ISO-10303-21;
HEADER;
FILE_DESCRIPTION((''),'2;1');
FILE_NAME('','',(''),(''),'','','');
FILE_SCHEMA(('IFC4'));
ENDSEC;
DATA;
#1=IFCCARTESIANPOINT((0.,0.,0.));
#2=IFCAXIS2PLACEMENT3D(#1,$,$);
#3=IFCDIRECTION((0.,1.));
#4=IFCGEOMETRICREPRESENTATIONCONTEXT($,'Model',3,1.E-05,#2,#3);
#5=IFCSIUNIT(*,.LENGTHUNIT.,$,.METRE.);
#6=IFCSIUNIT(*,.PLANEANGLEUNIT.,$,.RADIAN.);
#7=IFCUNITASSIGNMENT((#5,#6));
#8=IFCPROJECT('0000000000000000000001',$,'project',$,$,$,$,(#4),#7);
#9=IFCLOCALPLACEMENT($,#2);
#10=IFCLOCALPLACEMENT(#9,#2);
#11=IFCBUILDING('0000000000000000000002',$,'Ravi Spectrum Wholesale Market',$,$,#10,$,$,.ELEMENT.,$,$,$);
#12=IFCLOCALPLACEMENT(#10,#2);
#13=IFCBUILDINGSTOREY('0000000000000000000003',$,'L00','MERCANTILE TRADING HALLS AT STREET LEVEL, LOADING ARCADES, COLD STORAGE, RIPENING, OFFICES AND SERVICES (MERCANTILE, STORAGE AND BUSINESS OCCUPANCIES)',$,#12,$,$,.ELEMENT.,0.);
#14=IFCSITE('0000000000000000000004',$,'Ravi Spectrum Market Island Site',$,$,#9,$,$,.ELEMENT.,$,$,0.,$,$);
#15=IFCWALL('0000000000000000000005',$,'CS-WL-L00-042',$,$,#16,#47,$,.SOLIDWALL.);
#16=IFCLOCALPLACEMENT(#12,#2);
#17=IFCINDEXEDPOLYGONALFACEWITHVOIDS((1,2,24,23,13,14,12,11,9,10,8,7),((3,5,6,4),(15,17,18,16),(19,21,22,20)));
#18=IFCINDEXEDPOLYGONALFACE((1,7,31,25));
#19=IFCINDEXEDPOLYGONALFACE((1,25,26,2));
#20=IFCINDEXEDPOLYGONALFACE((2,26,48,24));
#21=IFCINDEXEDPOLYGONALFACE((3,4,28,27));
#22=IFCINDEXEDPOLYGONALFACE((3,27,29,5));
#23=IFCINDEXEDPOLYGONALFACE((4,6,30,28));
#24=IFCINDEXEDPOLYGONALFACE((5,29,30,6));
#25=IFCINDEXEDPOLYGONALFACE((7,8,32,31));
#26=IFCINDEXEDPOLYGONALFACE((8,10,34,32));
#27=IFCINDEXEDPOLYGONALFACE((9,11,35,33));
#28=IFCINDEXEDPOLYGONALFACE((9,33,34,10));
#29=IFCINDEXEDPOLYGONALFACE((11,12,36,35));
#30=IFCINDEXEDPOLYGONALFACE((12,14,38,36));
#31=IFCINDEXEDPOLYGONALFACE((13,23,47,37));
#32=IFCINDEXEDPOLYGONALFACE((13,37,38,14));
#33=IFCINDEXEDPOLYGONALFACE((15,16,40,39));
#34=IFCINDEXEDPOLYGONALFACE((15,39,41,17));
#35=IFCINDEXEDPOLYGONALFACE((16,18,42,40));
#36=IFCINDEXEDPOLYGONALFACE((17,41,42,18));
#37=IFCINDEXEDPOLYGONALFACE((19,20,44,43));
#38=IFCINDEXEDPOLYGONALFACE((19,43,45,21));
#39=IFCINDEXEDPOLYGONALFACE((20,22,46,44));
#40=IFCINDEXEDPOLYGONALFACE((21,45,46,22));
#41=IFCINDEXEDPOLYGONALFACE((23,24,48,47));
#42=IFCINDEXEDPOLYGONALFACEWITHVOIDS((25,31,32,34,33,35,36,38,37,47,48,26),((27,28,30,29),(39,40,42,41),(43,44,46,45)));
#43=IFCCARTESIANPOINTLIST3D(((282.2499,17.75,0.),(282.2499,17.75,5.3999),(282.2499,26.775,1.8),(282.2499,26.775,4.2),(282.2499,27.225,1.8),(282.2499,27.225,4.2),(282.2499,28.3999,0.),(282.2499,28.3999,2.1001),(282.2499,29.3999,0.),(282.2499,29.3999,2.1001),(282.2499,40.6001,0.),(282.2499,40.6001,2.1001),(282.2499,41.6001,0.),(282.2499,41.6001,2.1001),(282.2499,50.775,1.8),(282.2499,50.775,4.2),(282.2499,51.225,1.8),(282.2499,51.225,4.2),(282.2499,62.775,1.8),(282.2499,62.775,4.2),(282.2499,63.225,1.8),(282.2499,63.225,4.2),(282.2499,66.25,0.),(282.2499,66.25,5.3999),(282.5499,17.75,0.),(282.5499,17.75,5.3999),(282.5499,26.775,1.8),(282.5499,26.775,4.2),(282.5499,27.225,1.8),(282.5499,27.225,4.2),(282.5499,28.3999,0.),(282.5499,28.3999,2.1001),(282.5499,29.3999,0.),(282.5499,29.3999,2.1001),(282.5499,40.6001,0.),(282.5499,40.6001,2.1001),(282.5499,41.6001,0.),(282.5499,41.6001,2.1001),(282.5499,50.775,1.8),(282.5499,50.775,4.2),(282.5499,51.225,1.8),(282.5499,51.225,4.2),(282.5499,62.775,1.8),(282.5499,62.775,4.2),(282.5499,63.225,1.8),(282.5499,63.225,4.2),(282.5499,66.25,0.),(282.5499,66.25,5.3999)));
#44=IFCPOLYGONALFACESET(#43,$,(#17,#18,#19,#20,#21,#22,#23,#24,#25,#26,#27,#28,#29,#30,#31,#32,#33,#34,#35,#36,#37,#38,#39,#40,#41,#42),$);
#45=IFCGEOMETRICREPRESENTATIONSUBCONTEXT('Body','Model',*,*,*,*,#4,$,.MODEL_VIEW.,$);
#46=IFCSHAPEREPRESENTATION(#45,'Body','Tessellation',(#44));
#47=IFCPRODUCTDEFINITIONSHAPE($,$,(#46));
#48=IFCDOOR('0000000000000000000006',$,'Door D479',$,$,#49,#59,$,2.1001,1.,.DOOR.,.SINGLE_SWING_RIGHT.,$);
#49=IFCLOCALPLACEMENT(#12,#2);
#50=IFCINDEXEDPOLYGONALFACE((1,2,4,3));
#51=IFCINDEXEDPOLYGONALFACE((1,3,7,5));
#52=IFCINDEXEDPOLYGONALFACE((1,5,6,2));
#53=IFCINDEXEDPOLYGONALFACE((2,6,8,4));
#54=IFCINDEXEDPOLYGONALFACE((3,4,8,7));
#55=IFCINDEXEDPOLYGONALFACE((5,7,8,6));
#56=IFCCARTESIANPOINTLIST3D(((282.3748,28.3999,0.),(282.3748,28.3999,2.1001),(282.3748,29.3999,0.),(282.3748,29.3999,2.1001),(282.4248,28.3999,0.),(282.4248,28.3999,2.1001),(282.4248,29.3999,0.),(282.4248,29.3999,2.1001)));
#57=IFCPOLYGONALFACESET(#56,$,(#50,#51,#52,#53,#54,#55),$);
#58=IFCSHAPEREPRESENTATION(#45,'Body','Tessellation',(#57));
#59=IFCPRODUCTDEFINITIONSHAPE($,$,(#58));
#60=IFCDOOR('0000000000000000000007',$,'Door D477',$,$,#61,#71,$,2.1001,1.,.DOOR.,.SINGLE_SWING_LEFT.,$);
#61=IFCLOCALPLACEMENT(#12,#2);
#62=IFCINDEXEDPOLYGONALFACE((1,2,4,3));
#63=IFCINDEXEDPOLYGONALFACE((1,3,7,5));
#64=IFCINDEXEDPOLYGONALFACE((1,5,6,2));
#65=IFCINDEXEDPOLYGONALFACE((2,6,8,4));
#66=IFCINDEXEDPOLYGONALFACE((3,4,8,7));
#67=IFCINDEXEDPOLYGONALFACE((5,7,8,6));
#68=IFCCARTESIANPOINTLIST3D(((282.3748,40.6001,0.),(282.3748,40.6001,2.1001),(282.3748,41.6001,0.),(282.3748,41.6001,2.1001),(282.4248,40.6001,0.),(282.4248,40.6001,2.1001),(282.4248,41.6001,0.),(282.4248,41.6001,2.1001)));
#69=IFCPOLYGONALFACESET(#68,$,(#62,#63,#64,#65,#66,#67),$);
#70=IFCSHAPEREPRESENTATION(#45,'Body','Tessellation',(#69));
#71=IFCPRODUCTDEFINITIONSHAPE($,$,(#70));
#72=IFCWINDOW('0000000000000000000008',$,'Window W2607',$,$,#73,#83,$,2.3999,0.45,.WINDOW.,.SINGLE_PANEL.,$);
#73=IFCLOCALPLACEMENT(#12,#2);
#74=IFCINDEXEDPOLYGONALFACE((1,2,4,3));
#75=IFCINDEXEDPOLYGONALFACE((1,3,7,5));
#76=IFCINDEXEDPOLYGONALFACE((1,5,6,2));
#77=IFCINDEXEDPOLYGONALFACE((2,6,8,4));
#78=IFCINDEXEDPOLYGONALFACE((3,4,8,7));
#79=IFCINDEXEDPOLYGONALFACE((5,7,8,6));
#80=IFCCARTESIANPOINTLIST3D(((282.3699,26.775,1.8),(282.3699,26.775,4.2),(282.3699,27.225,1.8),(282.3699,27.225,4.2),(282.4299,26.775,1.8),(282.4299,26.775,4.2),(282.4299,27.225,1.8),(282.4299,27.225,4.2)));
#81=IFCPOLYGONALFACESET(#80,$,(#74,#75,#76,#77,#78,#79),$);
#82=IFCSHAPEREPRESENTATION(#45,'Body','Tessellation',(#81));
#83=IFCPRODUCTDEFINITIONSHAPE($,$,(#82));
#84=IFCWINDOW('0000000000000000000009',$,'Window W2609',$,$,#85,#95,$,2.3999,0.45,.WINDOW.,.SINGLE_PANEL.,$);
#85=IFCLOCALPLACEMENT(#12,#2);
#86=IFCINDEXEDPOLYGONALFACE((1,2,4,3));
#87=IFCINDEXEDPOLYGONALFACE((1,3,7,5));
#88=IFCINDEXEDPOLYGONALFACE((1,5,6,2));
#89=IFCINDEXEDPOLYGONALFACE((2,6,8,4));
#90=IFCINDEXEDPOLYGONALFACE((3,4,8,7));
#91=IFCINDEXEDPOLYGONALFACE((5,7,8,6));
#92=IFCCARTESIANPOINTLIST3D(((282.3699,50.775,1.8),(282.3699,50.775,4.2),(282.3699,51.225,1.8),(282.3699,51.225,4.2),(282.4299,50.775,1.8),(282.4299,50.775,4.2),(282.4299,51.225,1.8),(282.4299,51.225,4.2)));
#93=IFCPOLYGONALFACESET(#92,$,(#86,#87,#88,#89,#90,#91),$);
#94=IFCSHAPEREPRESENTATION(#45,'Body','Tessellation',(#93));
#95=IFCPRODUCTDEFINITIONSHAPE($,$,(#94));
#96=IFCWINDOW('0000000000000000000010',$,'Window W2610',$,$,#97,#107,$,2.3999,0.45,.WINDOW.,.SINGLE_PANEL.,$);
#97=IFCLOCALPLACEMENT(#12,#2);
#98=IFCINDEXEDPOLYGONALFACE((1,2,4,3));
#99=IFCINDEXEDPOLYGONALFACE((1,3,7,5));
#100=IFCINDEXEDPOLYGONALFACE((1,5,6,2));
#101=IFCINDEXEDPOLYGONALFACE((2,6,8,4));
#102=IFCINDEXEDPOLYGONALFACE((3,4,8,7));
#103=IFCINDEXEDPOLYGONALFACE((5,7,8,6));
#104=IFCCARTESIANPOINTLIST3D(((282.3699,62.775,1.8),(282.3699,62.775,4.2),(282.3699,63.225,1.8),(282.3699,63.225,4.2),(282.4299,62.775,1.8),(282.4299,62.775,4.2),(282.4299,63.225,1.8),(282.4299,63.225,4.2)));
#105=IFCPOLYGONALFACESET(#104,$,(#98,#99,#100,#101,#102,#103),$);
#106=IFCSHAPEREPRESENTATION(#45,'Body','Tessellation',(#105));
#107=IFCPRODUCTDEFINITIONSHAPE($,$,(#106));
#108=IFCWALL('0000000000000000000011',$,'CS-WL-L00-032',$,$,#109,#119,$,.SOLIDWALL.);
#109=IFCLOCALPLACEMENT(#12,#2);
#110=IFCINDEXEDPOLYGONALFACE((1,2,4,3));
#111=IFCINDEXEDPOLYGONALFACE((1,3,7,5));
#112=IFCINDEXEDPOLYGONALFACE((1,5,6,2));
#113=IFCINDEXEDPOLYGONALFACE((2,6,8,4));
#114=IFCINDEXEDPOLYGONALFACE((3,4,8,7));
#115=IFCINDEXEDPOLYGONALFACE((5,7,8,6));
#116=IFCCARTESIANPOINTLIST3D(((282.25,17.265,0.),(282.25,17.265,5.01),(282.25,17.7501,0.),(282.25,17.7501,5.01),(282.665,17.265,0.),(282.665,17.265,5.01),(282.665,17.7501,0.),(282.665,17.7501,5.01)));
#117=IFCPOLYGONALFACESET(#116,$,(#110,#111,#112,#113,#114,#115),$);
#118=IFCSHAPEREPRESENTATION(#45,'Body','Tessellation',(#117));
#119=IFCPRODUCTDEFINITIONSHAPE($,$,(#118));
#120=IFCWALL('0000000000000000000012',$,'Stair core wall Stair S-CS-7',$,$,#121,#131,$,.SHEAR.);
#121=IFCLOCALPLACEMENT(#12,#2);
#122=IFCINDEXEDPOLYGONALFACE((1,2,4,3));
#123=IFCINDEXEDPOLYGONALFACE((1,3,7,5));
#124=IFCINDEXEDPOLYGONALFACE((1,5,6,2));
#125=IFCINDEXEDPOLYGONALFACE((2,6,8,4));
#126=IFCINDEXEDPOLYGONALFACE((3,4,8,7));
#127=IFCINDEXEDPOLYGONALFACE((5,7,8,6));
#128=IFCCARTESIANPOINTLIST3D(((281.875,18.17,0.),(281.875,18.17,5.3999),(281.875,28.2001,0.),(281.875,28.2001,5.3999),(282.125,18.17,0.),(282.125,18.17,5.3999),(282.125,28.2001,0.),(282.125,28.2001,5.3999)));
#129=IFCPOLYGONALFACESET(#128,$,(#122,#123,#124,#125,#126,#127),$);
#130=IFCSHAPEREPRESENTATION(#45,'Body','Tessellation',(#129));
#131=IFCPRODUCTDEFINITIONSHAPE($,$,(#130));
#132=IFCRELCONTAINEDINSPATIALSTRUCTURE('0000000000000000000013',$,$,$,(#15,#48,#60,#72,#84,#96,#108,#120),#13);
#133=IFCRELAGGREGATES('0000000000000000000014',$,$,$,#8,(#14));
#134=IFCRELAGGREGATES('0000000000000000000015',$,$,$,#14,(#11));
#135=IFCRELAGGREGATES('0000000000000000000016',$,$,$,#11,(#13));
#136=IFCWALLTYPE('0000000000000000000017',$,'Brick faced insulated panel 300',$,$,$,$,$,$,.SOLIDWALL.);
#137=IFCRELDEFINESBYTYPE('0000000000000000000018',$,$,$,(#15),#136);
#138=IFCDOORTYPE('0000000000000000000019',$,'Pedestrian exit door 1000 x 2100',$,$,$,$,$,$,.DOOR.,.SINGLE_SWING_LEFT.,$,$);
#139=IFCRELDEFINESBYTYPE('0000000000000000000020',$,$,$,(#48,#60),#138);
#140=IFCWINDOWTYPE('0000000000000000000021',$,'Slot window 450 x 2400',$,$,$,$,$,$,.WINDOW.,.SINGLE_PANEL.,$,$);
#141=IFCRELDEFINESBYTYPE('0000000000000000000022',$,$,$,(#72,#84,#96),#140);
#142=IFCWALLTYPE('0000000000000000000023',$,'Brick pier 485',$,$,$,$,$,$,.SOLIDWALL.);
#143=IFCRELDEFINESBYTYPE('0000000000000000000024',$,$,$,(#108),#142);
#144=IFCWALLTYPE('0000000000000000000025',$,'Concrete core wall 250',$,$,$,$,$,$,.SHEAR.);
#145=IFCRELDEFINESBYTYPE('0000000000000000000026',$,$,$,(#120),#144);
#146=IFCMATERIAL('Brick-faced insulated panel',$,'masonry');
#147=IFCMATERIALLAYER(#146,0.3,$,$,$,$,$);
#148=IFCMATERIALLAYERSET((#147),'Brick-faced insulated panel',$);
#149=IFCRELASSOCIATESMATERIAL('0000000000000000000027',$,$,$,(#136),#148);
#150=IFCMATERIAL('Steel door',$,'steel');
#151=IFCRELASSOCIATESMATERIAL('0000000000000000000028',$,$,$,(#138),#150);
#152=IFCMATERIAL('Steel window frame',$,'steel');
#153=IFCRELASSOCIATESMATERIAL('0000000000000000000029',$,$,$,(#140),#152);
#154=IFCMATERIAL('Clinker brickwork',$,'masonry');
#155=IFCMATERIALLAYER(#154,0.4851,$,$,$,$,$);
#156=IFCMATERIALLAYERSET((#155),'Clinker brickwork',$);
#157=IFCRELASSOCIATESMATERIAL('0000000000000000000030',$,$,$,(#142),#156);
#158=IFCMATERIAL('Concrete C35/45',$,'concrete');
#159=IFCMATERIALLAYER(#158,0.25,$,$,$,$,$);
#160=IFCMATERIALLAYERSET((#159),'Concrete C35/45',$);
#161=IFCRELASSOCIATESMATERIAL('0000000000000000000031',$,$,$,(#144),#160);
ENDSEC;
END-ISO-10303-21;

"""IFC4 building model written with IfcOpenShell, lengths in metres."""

from ifc_helpers import new_model, si_unit, direction, frame, frame_2d, origin, place, context, subcontext, project, spatial, rectangle, extrude, material, layer, layer_set, type_object, element, fill, save


model = new_model("IFC4")

# Units and contexts
model_context = context("Model", 3, precision=1e-05, world=origin(), true_north=direction((0.0, 1.0)))
body_context = subcontext(model_context, "Body", "Model", "MODEL_VIEW")
ifc_project = project(units=[si_unit("LENGTHUNIT", "METRE"), si_unit("PLANEANGLEUNIT", "RADIAN")], contexts=[model_context])

# Site, building, storey
site_placement = place(None, origin())
site = spatial("IfcSite", under=ifc_project, at=site_placement, Name="Ravi Spectrum Market Island Site", CompositionType="ELEMENT", RefElevation=0.0)
building_placement = place(site_placement, origin())
building = spatial("IfcBuilding", under=site, at=building_placement, Name="Ravi Spectrum Wholesale Market", CompositionType="ELEMENT")
storey_placement = place(building_placement, origin())
storey = spatial("IfcBuildingStorey", under=building, at=storey_placement, Name="L00", Description="MERCANTILE TRADING HALLS AT STREET LEVEL, LOADING ARCADES, COLD STORAGE, RIPENING, OFFICES AND SERVICES (MERCANTILE, STORAGE AND BUSINESS OCCUPANCIES)", CompositionType="ELEMENT", Elevation=0.0)

# Wall, openings, doors, windows
ifc_material_1 = material(Name="Brick-faced insulated panel", Category="masonry")
ifc_layer_1 = layer(ifc_material_1, 0.3)
ifc_layer_set_1 = layer_set([ifc_layer_1], Name="Brick-faced insulated panel")
wall_type_1 = type_object("IfcWallType", Name="Brick faced insulated panel 300", PredefinedType="SOLIDWALL", material=ifc_layer_set_1)
wall_1_placement = place(storey_placement, frame((282.3999, 17.75, 0.0), z_axis=(0.0, 0.0, 1.0), x_axis=(0.0, 1.0, 0.0)))
wall_1 = element("IfcWall", 1, at=wall_1_placement, inside=storey, type_object=wall_type_1, Name="CS-WL-L00-042", PredefinedType="SOLIDWALL", context=body_context, shape_type="SweptSolid", body=[
    extrude(rectangle(XDim=48.5, YDim=0.3, at=frame_2d((24.25, 0.0))), origin(), (0.0, 0.0, 1.0), 5.3999),
])
opening_1_placement = place(wall_1_placement, frame((11.6499, 0.0, 0.0), z_axis=(0.0, 0.0, 1.0), x_axis=(-1.0, 0.0, 0.0)))
opening_1 = element("IfcOpeningElement", 2, at=opening_1_placement, cuts=wall_1, PredefinedType="OPENING", context=body_context, shape_type="SweptSolid", body=[
    extrude(rectangle(XDim=1.0, YDim=2.1001, at=frame_2d((0.5, 1.05))), frame((0.0, 0.1599, 0.0), z_axis=(0.0, -1.0, 0.0), x_axis=(1.0, 0.0, 0.0)), (0.0, 0.0, 1.0), 0.3201),
])
opening_2_placement = place(wall_1_placement, frame((23.8501, 0.0, 0.0), z_axis=(0.0, 0.0, 1.0), x_axis=(-1.0, 0.0, 0.0)))
opening_2 = element("IfcOpeningElement", 3, at=opening_2_placement, cuts=wall_1, PredefinedType="OPENING", context=body_context, shape_type="SweptSolid", body=[
    extrude(rectangle(XDim=1.0, YDim=2.1001, at=frame_2d((0.5, 1.05))), frame((0.0, 0.1599, 0.0), z_axis=(0.0, -1.0, 0.0), x_axis=(1.0, 0.0, 0.0)), (0.0, 0.0, 1.0), 0.3201),
])
opening_3_placement = place(wall_1_placement, frame((9.0249, 0.0, 1.8)))
opening_3 = element("IfcOpeningElement", 4, at=opening_3_placement, cuts=wall_1, PredefinedType="OPENING", context=body_context, shape_type="SweptSolid", body=[
    extrude(rectangle(XDim=0.45, YDim=2.3999, at=frame_2d((0.2251, 1.2))), frame((0.0, 0.1599, 0.0), z_axis=(0.0, -1.0, 0.0), x_axis=(1.0, 0.0, 0.0)), (0.0, 0.0, 1.0), 0.3201),
])
opening_4_placement = place(wall_1_placement, frame((33.0249, 0.0, 1.8)))
opening_4 = element("IfcOpeningElement", 5, at=opening_4_placement, cuts=wall_1, PredefinedType="OPENING", context=body_context, shape_type="SweptSolid", body=[
    extrude(rectangle(XDim=0.45, YDim=2.3999, at=frame_2d((0.2251, 1.2))), frame((0.0, 0.1599, 0.0), z_axis=(0.0, -1.0, 0.0), x_axis=(1.0, 0.0, 0.0)), (0.0, 0.0, 1.0), 0.3201),
])
opening_5_placement = place(wall_1_placement, frame((45.0249, 0.0, 1.8)))
opening_5 = element("IfcOpeningElement", 6, at=opening_5_placement, cuts=wall_1, PredefinedType="OPENING", context=body_context, shape_type="SweptSolid", body=[
    extrude(rectangle(XDim=0.45, YDim=2.3999, at=frame_2d((0.2251, 1.2))), frame((0.0, 0.1599, 0.0), z_axis=(0.0, -1.0, 0.0), x_axis=(1.0, 0.0, 0.0)), (0.0, 0.0, 1.0), 0.3201),
])
ifc_material_2 = material(Name="Steel door", Category="steel")
door_type_1 = type_object("IfcDoorType", Name="Pedestrian exit door 1000 x 2100", OperationType="SINGLE_SWING_LEFT", PredefinedType="DOOR", material=ifc_material_2)
door_1_placement = place(opening_1_placement, origin())
door_1 = element("IfcDoor", 7, at=door_1_placement, inside=storey, type_object=door_type_1, Name="Door D479", OperationType="SINGLE_SWING_RIGHT", OverallHeight=2.1001, OverallWidth=1.0, PredefinedType="DOOR", context=body_context, shape_type="SweptSolid", body=[
    extrude(rectangle(XDim=1.0, YDim=2.1001, at=frame_2d((0.5, 1.05))), frame((0.0, 0.0249, 0.0), z_axis=(0.0, -1.0, 0.0), x_axis=(1.0, 0.0, 0.0)), (0.0, 0.0, 1.0), 0.05),
])
fill(opening_1, door_1)
door_2_placement = place(opening_2_placement, origin())
door_2 = element("IfcDoor", 8, at=door_2_placement, inside=storey, type_object=door_type_1, Name="Door D477", OperationType="SINGLE_SWING_LEFT", OverallHeight=2.1001, OverallWidth=1.0, PredefinedType="DOOR", context=body_context, shape_type="SweptSolid", body=[
    extrude(rectangle(XDim=1.0, YDim=2.1001, at=frame_2d((0.5, 1.05))), frame((0.0, 0.0249, 0.0), z_axis=(0.0, -1.0, 0.0), x_axis=(1.0, 0.0, 0.0)), (0.0, 0.0, 1.0), 0.05),
])
fill(opening_2, door_2)
ifc_material_3 = material(Name="Steel window frame", Category="steel")
window_type = type_object("IfcWindowType", Name="Slot window 450 x 2400", PartitioningType="SINGLE_PANEL", PredefinedType="WINDOW", material=ifc_material_3)
window_1_placement = place(opening_3_placement, origin())
window_1 = element("IfcWindow", 9, at=window_1_placement, inside=storey, type_object=window_type, Name="Window W2607", OverallHeight=2.3999, OverallWidth=0.45, PartitioningType="SINGLE_PANEL", PredefinedType="WINDOW", context=body_context, shape_type="SweptSolid", body=[
    extrude(rectangle(XDim=0.45, YDim=2.3999, at=frame_2d((0.2251, 1.2))), frame((0.0, 0.03, 0.0), z_axis=(0.0, -1.0, 0.0), x_axis=(1.0, 0.0, 0.0)), (0.0, 0.0, 1.0), 0.0601),
])
fill(opening_3, window_1)
window_2_placement = place(opening_4_placement, origin())
window_2 = element("IfcWindow", 10, at=window_2_placement, inside=storey, type_object=window_type, Name="Window W2609", OverallHeight=2.3999, OverallWidth=0.45, PartitioningType="SINGLE_PANEL", PredefinedType="WINDOW", context=body_context, shape_type="SweptSolid", body=[
    extrude(rectangle(XDim=0.45, YDim=2.3999, at=frame_2d((0.2251, 1.2))), frame((0.0, 0.03, 0.0), z_axis=(0.0, -1.0, 0.0), x_axis=(1.0, 0.0, 0.0)), (0.0, 0.0, 1.0), 0.0601),
])
fill(opening_4, window_2)
window_3_placement = place(opening_5_placement, origin())
window_3 = element("IfcWindow", 11, at=window_3_placement, inside=storey, type_object=window_type, Name="Window W2610", OverallHeight=2.3999, OverallWidth=0.45, PartitioningType="SINGLE_PANEL", PredefinedType="WINDOW", context=body_context, shape_type="SweptSolid", body=[
    extrude(rectangle(XDim=0.45, YDim=2.3999, at=frame_2d((0.2251, 1.2))), frame((0.0, 0.03, 0.0), z_axis=(0.0, -1.0, 0.0), x_axis=(1.0, 0.0, 0.0)), (0.0, 0.0, 1.0), 0.0601),
])
fill(opening_5, window_3)

# Walls
ifc_material_4 = material(Name="Clinker brickwork", Category="masonry")
ifc_layer_2 = layer(ifc_material_4, 0.4851)
ifc_layer_set_2 = layer_set([ifc_layer_2], Name="Clinker brickwork")
wall_type_2 = type_object("IfcWallType", Name="Brick pier 485", PredefinedType="SOLIDWALL", material=ifc_layer_set_2)
wall_2_placement = place(storey_placement, frame((282.25, 17.5076, 0.0), z_axis=(0.0, 0.0, 1.0), x_axis=(1.0, 0.0, 0.0)))
element("IfcWall", 12, at=wall_2_placement, inside=storey, type_object=wall_type_2, Name="CS-WL-L00-032", PredefinedType="SOLIDWALL", context=body_context, shape_type="SweptSolid", body=[
    extrude(rectangle(XDim=0.415, YDim=0.4851, at=frame_2d((0.2075, 0.0))), origin(), (0.0, 0.0, 1.0), 5.01),
])
ifc_material_5 = material(Name="Concrete C35/45", Category="concrete")
ifc_layer_3 = layer(ifc_material_5, 0.25)
ifc_layer_set_3 = layer_set([ifc_layer_3], Name="Concrete C35/45")
wall_type_3 = type_object("IfcWallType", Name="Concrete core wall 250", PredefinedType="SHEAR", material=ifc_layer_set_3)
wall_3_placement = place(storey_placement, frame((282.0, 18.1699, 0.0), z_axis=(0.0, 0.0, 1.0), x_axis=(0.0, 1.0, 0.0)))
element("IfcWall", 13, at=wall_3_placement, inside=storey, type_object=wall_type_3, Name="Stair core wall Stair S-CS-7", PredefinedType="SHEAR", context=body_context, shape_type="SweptSolid", body=[
    extrude(rectangle(XDim=10.03, YDim=0.25, at=frame_2d((5.0151, 0.0))), origin(), (0.0, 0.0, 1.0), 5.3999),
])

save(model, "model.ifc")
